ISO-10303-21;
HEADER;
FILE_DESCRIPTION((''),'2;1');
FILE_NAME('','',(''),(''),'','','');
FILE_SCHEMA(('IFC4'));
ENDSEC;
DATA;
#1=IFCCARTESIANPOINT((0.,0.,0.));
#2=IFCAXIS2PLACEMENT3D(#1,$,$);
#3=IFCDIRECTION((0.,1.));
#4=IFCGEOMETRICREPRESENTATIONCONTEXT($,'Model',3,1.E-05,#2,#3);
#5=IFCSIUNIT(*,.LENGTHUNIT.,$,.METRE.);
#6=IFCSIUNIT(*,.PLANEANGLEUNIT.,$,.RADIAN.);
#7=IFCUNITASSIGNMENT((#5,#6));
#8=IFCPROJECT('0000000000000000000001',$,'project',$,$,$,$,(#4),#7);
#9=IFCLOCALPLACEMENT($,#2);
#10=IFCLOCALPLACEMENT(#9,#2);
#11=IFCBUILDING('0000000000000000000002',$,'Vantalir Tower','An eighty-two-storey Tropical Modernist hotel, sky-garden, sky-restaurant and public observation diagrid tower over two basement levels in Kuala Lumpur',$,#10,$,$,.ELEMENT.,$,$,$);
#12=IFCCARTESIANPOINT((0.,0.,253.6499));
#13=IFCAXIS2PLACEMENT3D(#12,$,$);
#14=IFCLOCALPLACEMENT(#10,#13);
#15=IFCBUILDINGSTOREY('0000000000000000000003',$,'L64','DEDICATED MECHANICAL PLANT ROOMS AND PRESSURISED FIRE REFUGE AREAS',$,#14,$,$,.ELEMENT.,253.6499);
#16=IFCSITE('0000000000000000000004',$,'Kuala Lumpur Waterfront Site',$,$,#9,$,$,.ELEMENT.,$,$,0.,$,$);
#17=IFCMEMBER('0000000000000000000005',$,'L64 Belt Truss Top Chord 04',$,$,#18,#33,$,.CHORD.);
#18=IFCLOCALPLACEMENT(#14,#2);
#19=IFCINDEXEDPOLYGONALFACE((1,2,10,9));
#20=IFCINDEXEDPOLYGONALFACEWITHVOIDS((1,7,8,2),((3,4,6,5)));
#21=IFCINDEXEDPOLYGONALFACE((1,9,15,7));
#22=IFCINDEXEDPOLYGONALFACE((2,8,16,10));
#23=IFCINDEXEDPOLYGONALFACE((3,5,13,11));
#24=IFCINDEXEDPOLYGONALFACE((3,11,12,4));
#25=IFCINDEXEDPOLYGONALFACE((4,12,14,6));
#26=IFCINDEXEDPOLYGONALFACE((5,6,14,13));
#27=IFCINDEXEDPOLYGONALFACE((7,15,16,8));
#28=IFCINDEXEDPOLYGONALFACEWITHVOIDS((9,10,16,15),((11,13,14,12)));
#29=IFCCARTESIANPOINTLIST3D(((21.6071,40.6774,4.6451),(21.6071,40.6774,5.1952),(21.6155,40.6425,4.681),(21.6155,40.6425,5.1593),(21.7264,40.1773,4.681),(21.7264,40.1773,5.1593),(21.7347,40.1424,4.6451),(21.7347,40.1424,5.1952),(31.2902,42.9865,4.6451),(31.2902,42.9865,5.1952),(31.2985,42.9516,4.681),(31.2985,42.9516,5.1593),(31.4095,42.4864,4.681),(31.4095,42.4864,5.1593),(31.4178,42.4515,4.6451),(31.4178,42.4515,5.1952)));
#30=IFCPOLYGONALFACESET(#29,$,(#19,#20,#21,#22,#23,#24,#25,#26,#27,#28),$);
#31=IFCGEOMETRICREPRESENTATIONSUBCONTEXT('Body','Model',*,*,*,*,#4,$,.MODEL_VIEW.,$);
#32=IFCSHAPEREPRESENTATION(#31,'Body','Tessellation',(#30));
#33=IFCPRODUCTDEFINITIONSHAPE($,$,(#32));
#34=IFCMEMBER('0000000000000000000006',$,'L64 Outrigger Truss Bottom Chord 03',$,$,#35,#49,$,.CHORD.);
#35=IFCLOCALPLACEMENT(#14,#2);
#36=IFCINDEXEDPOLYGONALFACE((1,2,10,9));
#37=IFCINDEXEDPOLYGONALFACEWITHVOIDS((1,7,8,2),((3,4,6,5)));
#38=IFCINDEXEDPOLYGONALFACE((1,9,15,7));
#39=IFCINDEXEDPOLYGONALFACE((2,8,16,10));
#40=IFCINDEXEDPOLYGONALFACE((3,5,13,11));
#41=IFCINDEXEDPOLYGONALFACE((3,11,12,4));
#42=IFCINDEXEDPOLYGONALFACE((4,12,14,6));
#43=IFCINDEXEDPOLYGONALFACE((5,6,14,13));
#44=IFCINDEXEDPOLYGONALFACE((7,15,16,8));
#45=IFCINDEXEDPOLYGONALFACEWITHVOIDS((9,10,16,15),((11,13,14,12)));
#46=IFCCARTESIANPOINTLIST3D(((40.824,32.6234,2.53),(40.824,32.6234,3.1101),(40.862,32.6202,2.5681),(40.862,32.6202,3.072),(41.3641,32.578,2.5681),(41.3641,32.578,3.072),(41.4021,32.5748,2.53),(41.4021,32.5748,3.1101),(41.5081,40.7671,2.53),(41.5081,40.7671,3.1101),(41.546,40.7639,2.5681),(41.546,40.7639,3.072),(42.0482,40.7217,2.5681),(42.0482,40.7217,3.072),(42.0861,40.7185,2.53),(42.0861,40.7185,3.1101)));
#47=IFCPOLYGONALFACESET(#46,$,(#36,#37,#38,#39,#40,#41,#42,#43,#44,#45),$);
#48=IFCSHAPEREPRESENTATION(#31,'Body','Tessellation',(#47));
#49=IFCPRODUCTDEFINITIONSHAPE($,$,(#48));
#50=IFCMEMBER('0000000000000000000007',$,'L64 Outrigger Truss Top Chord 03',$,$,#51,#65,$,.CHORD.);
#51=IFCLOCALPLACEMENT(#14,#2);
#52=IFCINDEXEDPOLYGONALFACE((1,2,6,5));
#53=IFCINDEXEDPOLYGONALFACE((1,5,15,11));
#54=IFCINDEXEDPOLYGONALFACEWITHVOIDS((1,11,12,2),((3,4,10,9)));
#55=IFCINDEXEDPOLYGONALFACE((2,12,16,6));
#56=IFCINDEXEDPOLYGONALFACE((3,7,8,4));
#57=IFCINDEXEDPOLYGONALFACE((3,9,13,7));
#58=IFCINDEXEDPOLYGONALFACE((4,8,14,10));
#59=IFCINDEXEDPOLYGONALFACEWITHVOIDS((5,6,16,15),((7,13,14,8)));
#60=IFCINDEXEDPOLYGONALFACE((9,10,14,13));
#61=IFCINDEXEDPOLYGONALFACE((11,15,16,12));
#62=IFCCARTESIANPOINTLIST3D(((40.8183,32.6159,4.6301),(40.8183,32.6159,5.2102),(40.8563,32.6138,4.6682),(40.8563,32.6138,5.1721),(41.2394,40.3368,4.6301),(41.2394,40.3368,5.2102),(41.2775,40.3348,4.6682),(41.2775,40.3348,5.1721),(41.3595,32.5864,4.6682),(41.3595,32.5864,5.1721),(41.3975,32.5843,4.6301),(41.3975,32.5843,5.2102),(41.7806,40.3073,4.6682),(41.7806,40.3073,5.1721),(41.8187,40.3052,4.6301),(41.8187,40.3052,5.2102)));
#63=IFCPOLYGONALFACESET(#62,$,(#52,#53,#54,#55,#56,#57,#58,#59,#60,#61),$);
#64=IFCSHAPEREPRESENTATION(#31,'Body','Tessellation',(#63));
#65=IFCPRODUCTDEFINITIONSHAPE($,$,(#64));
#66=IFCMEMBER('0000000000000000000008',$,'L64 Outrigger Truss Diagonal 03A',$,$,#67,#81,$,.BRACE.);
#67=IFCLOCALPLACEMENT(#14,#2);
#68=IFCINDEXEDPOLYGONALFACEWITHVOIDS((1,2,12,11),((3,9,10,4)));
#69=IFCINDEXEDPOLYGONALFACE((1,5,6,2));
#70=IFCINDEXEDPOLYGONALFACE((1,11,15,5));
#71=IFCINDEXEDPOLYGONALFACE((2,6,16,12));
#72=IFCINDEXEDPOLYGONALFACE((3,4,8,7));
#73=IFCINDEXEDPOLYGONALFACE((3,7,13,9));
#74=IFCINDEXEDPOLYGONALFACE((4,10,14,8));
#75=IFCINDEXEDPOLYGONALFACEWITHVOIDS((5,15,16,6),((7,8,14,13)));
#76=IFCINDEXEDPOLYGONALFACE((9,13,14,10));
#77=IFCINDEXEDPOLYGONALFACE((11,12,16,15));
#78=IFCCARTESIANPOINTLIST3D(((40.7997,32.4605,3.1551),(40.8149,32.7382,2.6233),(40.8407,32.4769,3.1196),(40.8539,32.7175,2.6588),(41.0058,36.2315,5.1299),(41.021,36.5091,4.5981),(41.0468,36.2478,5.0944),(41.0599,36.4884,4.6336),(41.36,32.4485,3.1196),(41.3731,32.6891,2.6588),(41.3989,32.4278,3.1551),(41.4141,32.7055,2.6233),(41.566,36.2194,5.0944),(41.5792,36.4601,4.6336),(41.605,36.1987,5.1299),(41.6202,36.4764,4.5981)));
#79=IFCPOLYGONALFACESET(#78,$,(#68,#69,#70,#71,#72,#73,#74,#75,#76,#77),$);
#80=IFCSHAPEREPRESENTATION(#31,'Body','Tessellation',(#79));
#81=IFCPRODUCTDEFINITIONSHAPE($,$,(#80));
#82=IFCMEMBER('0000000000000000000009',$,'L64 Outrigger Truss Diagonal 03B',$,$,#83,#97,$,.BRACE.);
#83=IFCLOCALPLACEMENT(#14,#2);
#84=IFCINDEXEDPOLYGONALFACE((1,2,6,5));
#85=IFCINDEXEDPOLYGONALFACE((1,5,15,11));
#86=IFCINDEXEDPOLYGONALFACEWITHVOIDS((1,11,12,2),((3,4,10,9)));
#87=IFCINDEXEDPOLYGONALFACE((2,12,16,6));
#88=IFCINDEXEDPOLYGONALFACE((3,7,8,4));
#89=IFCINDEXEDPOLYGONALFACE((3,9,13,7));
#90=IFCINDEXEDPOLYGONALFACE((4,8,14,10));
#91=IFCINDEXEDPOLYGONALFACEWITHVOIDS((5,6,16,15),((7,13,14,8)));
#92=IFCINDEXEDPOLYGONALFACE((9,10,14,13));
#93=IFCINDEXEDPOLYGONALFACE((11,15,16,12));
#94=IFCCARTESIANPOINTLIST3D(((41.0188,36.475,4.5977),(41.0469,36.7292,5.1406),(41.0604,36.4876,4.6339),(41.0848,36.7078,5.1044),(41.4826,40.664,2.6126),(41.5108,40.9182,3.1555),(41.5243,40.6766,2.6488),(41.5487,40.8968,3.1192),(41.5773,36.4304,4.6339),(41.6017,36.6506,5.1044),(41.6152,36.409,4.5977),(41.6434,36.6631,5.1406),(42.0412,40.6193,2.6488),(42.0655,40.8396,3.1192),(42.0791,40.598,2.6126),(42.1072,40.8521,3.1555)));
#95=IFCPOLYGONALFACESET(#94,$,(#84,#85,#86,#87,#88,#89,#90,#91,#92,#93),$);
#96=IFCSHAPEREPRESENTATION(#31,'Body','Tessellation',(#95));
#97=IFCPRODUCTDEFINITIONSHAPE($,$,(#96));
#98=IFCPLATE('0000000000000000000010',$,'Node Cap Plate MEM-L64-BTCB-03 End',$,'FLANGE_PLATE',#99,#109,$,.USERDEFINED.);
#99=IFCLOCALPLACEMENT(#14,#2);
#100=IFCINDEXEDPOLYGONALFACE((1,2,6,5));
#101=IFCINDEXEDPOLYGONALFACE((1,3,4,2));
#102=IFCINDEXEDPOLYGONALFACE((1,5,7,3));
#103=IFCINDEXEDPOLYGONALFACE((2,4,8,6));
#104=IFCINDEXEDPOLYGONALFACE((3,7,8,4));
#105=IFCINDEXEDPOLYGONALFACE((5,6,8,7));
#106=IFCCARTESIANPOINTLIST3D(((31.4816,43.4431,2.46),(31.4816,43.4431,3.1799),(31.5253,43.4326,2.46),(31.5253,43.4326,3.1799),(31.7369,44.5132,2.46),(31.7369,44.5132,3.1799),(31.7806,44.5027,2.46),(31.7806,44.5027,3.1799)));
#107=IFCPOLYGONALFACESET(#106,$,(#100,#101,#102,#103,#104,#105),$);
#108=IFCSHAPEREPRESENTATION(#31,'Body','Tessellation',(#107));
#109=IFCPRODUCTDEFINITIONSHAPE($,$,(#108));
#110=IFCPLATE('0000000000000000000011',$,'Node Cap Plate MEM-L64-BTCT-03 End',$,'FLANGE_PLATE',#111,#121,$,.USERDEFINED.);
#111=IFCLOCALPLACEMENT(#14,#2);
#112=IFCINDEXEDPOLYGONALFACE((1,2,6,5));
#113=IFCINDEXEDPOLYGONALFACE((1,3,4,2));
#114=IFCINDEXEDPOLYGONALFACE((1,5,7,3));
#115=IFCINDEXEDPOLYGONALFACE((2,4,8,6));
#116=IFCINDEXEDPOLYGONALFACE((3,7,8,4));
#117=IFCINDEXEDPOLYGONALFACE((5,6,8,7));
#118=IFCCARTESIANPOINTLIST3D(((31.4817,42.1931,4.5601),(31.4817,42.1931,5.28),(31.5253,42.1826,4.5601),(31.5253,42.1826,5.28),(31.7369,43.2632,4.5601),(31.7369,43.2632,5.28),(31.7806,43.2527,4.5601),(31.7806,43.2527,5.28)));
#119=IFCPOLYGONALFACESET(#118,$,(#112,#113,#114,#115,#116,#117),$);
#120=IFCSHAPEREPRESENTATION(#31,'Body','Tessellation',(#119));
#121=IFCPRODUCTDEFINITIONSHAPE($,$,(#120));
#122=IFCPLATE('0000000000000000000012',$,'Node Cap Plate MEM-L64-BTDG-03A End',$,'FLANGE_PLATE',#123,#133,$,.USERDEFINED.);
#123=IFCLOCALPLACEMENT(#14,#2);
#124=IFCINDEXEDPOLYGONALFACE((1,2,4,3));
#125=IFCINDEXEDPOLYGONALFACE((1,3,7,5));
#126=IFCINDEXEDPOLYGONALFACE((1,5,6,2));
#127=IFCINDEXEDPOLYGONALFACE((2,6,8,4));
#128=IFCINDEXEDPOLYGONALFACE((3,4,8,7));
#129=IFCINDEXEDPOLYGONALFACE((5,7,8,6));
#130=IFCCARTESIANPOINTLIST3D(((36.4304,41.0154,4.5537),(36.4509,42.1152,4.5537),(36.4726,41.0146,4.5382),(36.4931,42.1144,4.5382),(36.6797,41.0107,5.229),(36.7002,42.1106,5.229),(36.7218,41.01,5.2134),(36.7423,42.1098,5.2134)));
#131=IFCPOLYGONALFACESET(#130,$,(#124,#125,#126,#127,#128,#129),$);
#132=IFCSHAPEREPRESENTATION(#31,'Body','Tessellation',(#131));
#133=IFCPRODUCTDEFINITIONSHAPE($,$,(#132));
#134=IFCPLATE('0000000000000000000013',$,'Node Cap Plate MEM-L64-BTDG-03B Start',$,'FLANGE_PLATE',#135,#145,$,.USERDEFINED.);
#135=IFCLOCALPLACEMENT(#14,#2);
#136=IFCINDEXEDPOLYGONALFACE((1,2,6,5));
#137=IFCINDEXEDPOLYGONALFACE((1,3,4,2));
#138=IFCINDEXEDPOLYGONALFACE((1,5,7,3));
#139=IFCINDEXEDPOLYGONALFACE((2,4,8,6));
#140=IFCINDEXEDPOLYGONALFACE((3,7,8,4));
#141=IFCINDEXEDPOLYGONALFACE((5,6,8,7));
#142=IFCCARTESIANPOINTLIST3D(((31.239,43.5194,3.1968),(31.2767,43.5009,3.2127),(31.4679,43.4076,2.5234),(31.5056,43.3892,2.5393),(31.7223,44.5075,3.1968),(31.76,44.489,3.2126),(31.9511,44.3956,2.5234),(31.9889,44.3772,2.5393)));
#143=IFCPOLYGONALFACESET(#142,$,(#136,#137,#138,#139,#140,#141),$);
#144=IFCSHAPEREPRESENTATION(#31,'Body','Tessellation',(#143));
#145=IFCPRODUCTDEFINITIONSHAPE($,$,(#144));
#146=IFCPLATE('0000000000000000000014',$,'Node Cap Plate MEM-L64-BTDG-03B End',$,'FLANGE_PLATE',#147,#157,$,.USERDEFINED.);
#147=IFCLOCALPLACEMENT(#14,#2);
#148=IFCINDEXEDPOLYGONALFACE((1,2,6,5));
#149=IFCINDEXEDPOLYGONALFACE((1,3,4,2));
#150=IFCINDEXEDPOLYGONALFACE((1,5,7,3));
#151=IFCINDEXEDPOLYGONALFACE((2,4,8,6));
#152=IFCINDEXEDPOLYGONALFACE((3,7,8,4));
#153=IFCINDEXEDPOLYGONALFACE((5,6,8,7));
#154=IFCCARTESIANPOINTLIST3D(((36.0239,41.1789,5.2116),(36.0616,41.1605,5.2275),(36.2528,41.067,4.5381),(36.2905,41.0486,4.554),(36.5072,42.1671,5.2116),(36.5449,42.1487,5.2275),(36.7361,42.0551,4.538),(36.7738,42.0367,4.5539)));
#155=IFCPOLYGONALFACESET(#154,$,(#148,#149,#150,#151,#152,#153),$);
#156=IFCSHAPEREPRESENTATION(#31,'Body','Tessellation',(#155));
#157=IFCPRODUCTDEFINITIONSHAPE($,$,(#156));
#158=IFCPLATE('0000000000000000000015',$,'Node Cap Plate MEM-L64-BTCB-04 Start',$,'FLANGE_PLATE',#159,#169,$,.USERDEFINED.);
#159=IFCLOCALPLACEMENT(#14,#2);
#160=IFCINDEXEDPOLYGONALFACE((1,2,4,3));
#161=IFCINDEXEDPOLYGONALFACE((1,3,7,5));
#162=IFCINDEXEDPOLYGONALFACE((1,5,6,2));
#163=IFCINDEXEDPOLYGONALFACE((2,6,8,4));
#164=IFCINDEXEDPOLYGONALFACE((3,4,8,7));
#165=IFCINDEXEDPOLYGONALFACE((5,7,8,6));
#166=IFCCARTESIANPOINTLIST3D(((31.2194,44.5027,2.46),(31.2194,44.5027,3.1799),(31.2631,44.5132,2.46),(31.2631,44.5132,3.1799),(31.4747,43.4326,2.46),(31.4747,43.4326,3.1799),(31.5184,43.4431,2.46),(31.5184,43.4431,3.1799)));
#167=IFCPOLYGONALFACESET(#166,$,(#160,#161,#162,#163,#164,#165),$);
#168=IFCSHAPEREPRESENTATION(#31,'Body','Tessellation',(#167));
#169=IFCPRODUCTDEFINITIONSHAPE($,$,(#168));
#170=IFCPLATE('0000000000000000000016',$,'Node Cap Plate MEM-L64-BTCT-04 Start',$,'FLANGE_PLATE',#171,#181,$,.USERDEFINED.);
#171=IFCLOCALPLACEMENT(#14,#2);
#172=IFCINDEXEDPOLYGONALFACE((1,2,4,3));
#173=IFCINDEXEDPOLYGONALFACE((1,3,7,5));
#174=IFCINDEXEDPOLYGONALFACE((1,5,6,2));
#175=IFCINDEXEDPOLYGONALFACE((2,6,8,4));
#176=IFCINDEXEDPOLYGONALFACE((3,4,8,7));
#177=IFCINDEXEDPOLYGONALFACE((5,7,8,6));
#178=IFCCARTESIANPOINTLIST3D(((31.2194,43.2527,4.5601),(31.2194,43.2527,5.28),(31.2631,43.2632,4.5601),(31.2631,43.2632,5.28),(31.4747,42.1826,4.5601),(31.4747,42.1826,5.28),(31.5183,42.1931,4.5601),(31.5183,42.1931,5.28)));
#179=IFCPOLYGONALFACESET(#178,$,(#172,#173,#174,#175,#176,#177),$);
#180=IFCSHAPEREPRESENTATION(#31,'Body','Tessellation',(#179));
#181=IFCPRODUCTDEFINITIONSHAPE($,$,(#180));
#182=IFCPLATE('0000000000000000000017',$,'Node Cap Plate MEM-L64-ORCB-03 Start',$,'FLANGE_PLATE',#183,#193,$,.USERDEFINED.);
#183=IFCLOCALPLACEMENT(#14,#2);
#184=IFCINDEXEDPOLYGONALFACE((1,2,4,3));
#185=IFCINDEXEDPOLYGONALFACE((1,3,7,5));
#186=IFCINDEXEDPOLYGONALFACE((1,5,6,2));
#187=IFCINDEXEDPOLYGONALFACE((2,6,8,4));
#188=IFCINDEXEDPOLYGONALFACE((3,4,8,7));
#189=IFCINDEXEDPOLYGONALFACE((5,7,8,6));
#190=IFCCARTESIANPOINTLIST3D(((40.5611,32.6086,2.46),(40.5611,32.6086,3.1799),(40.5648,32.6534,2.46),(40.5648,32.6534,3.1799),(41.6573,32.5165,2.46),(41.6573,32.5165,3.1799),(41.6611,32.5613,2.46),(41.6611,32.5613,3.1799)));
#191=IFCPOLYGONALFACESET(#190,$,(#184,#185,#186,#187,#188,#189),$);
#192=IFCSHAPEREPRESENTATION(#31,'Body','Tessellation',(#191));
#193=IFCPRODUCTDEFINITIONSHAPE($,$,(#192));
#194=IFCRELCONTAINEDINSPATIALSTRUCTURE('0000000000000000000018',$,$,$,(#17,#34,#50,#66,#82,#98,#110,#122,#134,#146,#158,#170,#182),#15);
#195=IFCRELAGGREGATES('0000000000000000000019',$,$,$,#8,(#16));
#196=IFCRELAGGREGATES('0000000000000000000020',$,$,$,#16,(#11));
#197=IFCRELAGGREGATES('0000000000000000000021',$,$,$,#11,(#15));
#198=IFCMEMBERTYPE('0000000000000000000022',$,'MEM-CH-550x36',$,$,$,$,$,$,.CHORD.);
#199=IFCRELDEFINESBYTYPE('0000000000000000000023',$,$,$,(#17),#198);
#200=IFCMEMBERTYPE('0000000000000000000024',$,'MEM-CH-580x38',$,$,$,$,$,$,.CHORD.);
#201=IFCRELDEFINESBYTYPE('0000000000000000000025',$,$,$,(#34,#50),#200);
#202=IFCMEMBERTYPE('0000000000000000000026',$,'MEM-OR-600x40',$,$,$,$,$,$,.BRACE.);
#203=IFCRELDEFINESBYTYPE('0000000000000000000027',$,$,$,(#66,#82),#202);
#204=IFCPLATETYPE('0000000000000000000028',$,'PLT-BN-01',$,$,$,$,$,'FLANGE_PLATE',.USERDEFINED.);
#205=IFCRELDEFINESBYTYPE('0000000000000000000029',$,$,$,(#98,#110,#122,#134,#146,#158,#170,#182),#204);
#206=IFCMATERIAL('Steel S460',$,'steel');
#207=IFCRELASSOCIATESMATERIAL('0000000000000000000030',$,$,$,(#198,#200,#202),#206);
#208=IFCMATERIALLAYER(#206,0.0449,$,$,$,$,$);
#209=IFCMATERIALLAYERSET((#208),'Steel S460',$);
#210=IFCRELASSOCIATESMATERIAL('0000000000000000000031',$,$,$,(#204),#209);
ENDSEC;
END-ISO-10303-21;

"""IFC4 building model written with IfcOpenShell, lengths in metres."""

from ifc_helpers import new_model, si_unit, direction, frame, origin, origin_2d, place, context, subcontext, project, spatial, polyline, rectangle, hollow_rectangle, outline, extrude, material, layer, layer_set, material_profile, profile_set, type_object, element, save


model = new_model("IFC4")

# Units and contexts
model_context = context("Model", 3, precision=1e-05, world=origin(), true_north=direction((0.0, 1.0)))
body_context = subcontext(model_context, "Body", "Model", "MODEL_VIEW")
ifc_project = project(units=[si_unit("LENGTHUNIT", "METRE"), si_unit("PLANEANGLEUNIT", "RADIAN")], contexts=[model_context])

# Site, building, storey
site_placement = place(None, origin())
site = spatial("IfcSite", under=ifc_project, at=site_placement, Name="Kuala Lumpur Waterfront Site", CompositionType="ELEMENT", RefElevation=0.0)
building_placement = place(site_placement, origin())
building = spatial("IfcBuilding", under=site, at=building_placement, Name="Vantalir Tower", Description="An eighty-two-storey Tropical Modernist hotel, sky-garden, sky-restaurant and public observation diagrid tower over two basement levels in Kuala Lumpur", CompositionType="ELEMENT")
storey_placement = place(building_placement, frame((0.0, 0.0, 253.6499)))
storey = spatial("IfcBuildingStorey", under=building, at=storey_placement, Name="L64", Description="DEDICATED MECHANICAL PLANT ROOMS AND PRESSURISED FIRE REFUGE AREAS", CompositionType="ELEMENT", Elevation=253.6499)

# Shared definitions
ifc_material_1 = material(Name="Steel S460", Category="steel")

# Members
ifc_material_profile_1 = material_profile(ifc_material_1, hollow_rectangle(XDim=0.55, YDim=0.55, WallThickness=0.0359, at=origin_2d()), Name="Steel S460")
ifc_profile_set_1 = profile_set([ifc_material_profile_1], Name="Steel S460")
member_type_1 = type_object("IfcMemberType", Name="MEM-CH-550x36", PredefinedType="CHORD", material=ifc_profile_set_1)
member_1_placement = place(storey_placement, frame((31.354, 42.719, 4.9202), z_axis=(-0.972725, -0.231961, 0.0), x_axis=(0.231961, -0.972725, 0.0)))
element("IfcMember", 1, at=member_1_placement, inside=storey, type_object=member_type_1, Name="L64 Belt Truss Top Chord 04", PredefinedType="CHORD", context=body_context, shape_type="SweptSolid", body=[
    extrude(hollow_rectangle(XDim=0.55, YDim=0.55, WallThickness=0.0359, at=origin_2d()), origin(), (0.0, 0.0, 1.0), 9.9546),
])
ifc_material_profile_2 = material_profile(ifc_material_1, hollow_rectangle(XDim=0.5801, YDim=0.5801, WallThickness=0.0381, at=origin_2d()), Name="Steel S460")
ifc_profile_set_2 = profile_set([ifc_material_profile_2], Name="Steel S460")
member_type_2 = type_object("IfcMemberType", Name="MEM-CH-580x38", PredefinedType="CHORD", material=ifc_profile_set_2)
member_2_placement = place(storey_placement, frame((41.113, 32.5991, 2.8201), z_axis=(0.083706, 0.996491, 0.0), x_axis=(-0.996491, 0.083706, 0.0)))
element("IfcMember", 2, at=member_2_placement, inside=storey, type_object=member_type_2, Name="L64 Outrigger Truss Bottom Chord 03", PredefinedType="CHORD", context=body_context, shape_type="SweptSolid", body=[
    extrude(hollow_rectangle(XDim=0.5801, YDim=0.5801, WallThickness=0.0381, at=origin_2d()), origin(), (0.0, 0.0, 1.0), 8.1724),
])
member_3_placement = place(storey_placement, frame((41.1079, 32.6001, 4.9202), z_axis=(0.054464, 0.998516, 0.0), x_axis=(-0.998516, 0.054464, 0.0)))
element("IfcMember", 3, at=member_3_placement, inside=storey, type_object=member_type_2, Name="L64 Outrigger Truss Top Chord 03", PredefinedType="CHORD", context=body_context, shape_type="SweptSolid", body=[
    extrude(hollow_rectangle(XDim=0.5801, YDim=0.5801, WallThickness=0.0381, at=origin_2d()), origin(), (0.0, 0.0, 1.0), 7.7324),
])
ifc_material_profile_3 = material_profile(ifc_material_1, hollow_rectangle(XDim=0.6001, YDim=0.6001, WallThickness=0.04, at=origin_2d()), Name="Steel S460")
ifc_profile_set_3 = profile_set([ifc_material_profile_3], Name="Steel S460")
member_type_3 = type_object("IfcMemberType", Name="MEM-OR-600x40", PredefinedType="BRACE", material=ifc_profile_set_3)
member_4_placement = place(storey_placement, frame((41.1069, 32.583, 2.8892), z_axis=(0.048349, 0.884837, 0.463385), x_axis=(-0.99851, 0.054561, 0.0)))
element("IfcMember", 4, at=member_4_placement, inside=storey, type_object=member_type_3, Name="L64 Outrigger Truss Diagonal 03A", PredefinedType="BRACE", context=body_context, shape_type="SweptSolid", body=[
    extrude(hollow_rectangle(XDim=0.6001, YDim=0.6001, WallThickness=0.04, at=origin_2d()), origin(), (0.0, 0.0, 1.0), 4.2617),
])
member_5_placement = place(storey_placement, frame((41.3311, 36.5691, 4.8691), z_axis=(0.099571, 0.899175, -0.42611), x_axis=(-0.993925, 0.110063, 0.0)))
element("IfcMember", 5, at=member_5_placement, inside=storey, type_object=member_type_3, Name="L64 Outrigger Truss Diagonal 03B", PredefinedType="BRACE", context=body_context, shape_type="SweptSolid", body=[
    extrude(hollow_rectangle(XDim=0.6001, YDim=0.6001, WallThickness=0.04, at=origin_2d()), origin(), (0.0, 0.0, 1.0), 4.6587),
])

# Plates
ifc_layer_1 = layer(ifc_material_1, 0.0449)
ifc_layer_set_1 = layer_set([ifc_layer_1], Name="Steel S460")
plate_type_1 = type_object("IfcPlateType", Name="PLT-BN-01", ElementType="FLANGE_PLATE", PredefinedType="USERDEFINED", material=ifc_layer_set_1)
for number, where, z_axis, x_axis, name in (
    (6, (31.6311, 43.9729, 2.46), (0.0, 0.0, 1.0), (-0.972715, 0.232003, 0.0), "Node Cap Plate MEM-L64-BTCB-03 End"),
    (7, (31.6311, 42.7229, 4.5601), (0.0, 0.0, 1.0), (-0.972719, 0.231986, 0.0), "Node Cap Plate MEM-L64-BTCT-03 End"),
):
    element("IfcPlate", number, at=place(storey_placement, frame(where, z_axis=z_axis, x_axis=x_axis)), inside=storey, type_object=plate_type_1, Name=name, ObjectType="FLANGE_PLATE", PredefinedType="USERDEFINED", context=body_context, shape_type="SweptSolid", body=[
        extrude(rectangle(XDim=0.0449, YDim=1.1001, at=origin_2d()), origin(), (0.0, 0.0, 1.0), 0.72),
    ])
plate_1_placement = place(storey_placement, frame((36.4509, 42.1152, 4.5537), z_axis=(-0.937946, 0.017489, 0.34634), x_axis=(-0.018643, -0.999826, 0.0)))
element("IfcPlate", 8, at=plate_1_placement, inside=storey, type_object=plate_type_1, Name="Node Cap Plate MEM-L64-BTDG-03A End", ObjectType="FLANGE_PLATE", PredefinedType="USERDEFINED", context=body_context, shape_type="SweptSolid", body=[
    extrude(outline(polyline([(0.0, 0.0), (1.1, 0.0), (1.1, 0.7198), (0.0, 0.7198), (0.0, 0.0)])), origin(), (0.0, 0.0, -1.0), 0.0449),
])
plate_2_placement = place(storey_placement, frame((31.5056, 43.3892, 2.5393), z_axis=(0.840185, -0.410958, 0.35384), x_axis=(0.439372, 0.898305, 0.000033)))
element("IfcPlate", 9, at=plate_2_placement, inside=storey, type_object=plate_type_1, Name="Node Cap Plate MEM-L64-BTDG-03B Start", ObjectType="FLANGE_PLATE", PredefinedType="USERDEFINED", context=body_context, shape_type="SweptSolid", body=[
    extrude(outline(polyline([(0.0, 0.0), (1.0998, 0.0), (1.0998, 0.7199), (-0.0002, 0.72), (0.0, 0.0)])), origin(), (0.0, 0.0, -1.0), 0.0449),
])
plate_3_placement = place(storey_placement, frame((36.2905, 41.0486, 4.554), z_axis=(0.840221, -0.410925, 0.353793), x_axis=(0.439356, 0.898313, -0.000049)))
element("IfcPlate", 10, at=plate_3_placement, inside=storey, type_object=plate_type_1, Name="Node Cap Plate MEM-L64-BTDG-03B End", ObjectType="FLANGE_PLATE", PredefinedType="USERDEFINED", context=body_context, shape_type="SweptSolid", body=[
    extrude(outline(polyline([(0.0, 0.0), (1.1, 0.0), (1.1, 0.7202), (-0.0001, 0.7201), (0.0, 0.0)])), origin(), (0.0, 0.0, -1.0), 0.0449),
])
for number, where, z_axis, x_axis, name in (
    (11, (31.3689, 43.9729, 2.46), (0.0, 0.0, 1.0), (-0.972715, -0.232003, 0.0), "Node Cap Plate MEM-L64-BTCB-04 Start"),
    (12, (31.3689, 42.7229, 4.5601), (0.0, 0.0, 1.0), (-0.972719, -0.231986, 0.0), "Node Cap Plate MEM-L64-BTCT-04 Start"),
    (13, (41.1111, 32.585, 2.46), (0.0, 0.0, 1.0), (0.08373, 0.996488, 0.0), "Node Cap Plate MEM-L64-ORCB-03 Start"),
):
    element("IfcPlate", number, at=place(storey_placement, frame(where, z_axis=z_axis, x_axis=x_axis)), inside=storey, type_object=plate_type_1, Name=name, ObjectType="FLANGE_PLATE", PredefinedType="USERDEFINED", context=body_context, shape_type="SweptSolid", body=[
        extrude(rectangle(XDim=0.0449, YDim=1.1001, at=origin_2d()), origin(), (0.0, 0.0, 1.0), 0.72),
    ])

save(model, "model.ifc")
